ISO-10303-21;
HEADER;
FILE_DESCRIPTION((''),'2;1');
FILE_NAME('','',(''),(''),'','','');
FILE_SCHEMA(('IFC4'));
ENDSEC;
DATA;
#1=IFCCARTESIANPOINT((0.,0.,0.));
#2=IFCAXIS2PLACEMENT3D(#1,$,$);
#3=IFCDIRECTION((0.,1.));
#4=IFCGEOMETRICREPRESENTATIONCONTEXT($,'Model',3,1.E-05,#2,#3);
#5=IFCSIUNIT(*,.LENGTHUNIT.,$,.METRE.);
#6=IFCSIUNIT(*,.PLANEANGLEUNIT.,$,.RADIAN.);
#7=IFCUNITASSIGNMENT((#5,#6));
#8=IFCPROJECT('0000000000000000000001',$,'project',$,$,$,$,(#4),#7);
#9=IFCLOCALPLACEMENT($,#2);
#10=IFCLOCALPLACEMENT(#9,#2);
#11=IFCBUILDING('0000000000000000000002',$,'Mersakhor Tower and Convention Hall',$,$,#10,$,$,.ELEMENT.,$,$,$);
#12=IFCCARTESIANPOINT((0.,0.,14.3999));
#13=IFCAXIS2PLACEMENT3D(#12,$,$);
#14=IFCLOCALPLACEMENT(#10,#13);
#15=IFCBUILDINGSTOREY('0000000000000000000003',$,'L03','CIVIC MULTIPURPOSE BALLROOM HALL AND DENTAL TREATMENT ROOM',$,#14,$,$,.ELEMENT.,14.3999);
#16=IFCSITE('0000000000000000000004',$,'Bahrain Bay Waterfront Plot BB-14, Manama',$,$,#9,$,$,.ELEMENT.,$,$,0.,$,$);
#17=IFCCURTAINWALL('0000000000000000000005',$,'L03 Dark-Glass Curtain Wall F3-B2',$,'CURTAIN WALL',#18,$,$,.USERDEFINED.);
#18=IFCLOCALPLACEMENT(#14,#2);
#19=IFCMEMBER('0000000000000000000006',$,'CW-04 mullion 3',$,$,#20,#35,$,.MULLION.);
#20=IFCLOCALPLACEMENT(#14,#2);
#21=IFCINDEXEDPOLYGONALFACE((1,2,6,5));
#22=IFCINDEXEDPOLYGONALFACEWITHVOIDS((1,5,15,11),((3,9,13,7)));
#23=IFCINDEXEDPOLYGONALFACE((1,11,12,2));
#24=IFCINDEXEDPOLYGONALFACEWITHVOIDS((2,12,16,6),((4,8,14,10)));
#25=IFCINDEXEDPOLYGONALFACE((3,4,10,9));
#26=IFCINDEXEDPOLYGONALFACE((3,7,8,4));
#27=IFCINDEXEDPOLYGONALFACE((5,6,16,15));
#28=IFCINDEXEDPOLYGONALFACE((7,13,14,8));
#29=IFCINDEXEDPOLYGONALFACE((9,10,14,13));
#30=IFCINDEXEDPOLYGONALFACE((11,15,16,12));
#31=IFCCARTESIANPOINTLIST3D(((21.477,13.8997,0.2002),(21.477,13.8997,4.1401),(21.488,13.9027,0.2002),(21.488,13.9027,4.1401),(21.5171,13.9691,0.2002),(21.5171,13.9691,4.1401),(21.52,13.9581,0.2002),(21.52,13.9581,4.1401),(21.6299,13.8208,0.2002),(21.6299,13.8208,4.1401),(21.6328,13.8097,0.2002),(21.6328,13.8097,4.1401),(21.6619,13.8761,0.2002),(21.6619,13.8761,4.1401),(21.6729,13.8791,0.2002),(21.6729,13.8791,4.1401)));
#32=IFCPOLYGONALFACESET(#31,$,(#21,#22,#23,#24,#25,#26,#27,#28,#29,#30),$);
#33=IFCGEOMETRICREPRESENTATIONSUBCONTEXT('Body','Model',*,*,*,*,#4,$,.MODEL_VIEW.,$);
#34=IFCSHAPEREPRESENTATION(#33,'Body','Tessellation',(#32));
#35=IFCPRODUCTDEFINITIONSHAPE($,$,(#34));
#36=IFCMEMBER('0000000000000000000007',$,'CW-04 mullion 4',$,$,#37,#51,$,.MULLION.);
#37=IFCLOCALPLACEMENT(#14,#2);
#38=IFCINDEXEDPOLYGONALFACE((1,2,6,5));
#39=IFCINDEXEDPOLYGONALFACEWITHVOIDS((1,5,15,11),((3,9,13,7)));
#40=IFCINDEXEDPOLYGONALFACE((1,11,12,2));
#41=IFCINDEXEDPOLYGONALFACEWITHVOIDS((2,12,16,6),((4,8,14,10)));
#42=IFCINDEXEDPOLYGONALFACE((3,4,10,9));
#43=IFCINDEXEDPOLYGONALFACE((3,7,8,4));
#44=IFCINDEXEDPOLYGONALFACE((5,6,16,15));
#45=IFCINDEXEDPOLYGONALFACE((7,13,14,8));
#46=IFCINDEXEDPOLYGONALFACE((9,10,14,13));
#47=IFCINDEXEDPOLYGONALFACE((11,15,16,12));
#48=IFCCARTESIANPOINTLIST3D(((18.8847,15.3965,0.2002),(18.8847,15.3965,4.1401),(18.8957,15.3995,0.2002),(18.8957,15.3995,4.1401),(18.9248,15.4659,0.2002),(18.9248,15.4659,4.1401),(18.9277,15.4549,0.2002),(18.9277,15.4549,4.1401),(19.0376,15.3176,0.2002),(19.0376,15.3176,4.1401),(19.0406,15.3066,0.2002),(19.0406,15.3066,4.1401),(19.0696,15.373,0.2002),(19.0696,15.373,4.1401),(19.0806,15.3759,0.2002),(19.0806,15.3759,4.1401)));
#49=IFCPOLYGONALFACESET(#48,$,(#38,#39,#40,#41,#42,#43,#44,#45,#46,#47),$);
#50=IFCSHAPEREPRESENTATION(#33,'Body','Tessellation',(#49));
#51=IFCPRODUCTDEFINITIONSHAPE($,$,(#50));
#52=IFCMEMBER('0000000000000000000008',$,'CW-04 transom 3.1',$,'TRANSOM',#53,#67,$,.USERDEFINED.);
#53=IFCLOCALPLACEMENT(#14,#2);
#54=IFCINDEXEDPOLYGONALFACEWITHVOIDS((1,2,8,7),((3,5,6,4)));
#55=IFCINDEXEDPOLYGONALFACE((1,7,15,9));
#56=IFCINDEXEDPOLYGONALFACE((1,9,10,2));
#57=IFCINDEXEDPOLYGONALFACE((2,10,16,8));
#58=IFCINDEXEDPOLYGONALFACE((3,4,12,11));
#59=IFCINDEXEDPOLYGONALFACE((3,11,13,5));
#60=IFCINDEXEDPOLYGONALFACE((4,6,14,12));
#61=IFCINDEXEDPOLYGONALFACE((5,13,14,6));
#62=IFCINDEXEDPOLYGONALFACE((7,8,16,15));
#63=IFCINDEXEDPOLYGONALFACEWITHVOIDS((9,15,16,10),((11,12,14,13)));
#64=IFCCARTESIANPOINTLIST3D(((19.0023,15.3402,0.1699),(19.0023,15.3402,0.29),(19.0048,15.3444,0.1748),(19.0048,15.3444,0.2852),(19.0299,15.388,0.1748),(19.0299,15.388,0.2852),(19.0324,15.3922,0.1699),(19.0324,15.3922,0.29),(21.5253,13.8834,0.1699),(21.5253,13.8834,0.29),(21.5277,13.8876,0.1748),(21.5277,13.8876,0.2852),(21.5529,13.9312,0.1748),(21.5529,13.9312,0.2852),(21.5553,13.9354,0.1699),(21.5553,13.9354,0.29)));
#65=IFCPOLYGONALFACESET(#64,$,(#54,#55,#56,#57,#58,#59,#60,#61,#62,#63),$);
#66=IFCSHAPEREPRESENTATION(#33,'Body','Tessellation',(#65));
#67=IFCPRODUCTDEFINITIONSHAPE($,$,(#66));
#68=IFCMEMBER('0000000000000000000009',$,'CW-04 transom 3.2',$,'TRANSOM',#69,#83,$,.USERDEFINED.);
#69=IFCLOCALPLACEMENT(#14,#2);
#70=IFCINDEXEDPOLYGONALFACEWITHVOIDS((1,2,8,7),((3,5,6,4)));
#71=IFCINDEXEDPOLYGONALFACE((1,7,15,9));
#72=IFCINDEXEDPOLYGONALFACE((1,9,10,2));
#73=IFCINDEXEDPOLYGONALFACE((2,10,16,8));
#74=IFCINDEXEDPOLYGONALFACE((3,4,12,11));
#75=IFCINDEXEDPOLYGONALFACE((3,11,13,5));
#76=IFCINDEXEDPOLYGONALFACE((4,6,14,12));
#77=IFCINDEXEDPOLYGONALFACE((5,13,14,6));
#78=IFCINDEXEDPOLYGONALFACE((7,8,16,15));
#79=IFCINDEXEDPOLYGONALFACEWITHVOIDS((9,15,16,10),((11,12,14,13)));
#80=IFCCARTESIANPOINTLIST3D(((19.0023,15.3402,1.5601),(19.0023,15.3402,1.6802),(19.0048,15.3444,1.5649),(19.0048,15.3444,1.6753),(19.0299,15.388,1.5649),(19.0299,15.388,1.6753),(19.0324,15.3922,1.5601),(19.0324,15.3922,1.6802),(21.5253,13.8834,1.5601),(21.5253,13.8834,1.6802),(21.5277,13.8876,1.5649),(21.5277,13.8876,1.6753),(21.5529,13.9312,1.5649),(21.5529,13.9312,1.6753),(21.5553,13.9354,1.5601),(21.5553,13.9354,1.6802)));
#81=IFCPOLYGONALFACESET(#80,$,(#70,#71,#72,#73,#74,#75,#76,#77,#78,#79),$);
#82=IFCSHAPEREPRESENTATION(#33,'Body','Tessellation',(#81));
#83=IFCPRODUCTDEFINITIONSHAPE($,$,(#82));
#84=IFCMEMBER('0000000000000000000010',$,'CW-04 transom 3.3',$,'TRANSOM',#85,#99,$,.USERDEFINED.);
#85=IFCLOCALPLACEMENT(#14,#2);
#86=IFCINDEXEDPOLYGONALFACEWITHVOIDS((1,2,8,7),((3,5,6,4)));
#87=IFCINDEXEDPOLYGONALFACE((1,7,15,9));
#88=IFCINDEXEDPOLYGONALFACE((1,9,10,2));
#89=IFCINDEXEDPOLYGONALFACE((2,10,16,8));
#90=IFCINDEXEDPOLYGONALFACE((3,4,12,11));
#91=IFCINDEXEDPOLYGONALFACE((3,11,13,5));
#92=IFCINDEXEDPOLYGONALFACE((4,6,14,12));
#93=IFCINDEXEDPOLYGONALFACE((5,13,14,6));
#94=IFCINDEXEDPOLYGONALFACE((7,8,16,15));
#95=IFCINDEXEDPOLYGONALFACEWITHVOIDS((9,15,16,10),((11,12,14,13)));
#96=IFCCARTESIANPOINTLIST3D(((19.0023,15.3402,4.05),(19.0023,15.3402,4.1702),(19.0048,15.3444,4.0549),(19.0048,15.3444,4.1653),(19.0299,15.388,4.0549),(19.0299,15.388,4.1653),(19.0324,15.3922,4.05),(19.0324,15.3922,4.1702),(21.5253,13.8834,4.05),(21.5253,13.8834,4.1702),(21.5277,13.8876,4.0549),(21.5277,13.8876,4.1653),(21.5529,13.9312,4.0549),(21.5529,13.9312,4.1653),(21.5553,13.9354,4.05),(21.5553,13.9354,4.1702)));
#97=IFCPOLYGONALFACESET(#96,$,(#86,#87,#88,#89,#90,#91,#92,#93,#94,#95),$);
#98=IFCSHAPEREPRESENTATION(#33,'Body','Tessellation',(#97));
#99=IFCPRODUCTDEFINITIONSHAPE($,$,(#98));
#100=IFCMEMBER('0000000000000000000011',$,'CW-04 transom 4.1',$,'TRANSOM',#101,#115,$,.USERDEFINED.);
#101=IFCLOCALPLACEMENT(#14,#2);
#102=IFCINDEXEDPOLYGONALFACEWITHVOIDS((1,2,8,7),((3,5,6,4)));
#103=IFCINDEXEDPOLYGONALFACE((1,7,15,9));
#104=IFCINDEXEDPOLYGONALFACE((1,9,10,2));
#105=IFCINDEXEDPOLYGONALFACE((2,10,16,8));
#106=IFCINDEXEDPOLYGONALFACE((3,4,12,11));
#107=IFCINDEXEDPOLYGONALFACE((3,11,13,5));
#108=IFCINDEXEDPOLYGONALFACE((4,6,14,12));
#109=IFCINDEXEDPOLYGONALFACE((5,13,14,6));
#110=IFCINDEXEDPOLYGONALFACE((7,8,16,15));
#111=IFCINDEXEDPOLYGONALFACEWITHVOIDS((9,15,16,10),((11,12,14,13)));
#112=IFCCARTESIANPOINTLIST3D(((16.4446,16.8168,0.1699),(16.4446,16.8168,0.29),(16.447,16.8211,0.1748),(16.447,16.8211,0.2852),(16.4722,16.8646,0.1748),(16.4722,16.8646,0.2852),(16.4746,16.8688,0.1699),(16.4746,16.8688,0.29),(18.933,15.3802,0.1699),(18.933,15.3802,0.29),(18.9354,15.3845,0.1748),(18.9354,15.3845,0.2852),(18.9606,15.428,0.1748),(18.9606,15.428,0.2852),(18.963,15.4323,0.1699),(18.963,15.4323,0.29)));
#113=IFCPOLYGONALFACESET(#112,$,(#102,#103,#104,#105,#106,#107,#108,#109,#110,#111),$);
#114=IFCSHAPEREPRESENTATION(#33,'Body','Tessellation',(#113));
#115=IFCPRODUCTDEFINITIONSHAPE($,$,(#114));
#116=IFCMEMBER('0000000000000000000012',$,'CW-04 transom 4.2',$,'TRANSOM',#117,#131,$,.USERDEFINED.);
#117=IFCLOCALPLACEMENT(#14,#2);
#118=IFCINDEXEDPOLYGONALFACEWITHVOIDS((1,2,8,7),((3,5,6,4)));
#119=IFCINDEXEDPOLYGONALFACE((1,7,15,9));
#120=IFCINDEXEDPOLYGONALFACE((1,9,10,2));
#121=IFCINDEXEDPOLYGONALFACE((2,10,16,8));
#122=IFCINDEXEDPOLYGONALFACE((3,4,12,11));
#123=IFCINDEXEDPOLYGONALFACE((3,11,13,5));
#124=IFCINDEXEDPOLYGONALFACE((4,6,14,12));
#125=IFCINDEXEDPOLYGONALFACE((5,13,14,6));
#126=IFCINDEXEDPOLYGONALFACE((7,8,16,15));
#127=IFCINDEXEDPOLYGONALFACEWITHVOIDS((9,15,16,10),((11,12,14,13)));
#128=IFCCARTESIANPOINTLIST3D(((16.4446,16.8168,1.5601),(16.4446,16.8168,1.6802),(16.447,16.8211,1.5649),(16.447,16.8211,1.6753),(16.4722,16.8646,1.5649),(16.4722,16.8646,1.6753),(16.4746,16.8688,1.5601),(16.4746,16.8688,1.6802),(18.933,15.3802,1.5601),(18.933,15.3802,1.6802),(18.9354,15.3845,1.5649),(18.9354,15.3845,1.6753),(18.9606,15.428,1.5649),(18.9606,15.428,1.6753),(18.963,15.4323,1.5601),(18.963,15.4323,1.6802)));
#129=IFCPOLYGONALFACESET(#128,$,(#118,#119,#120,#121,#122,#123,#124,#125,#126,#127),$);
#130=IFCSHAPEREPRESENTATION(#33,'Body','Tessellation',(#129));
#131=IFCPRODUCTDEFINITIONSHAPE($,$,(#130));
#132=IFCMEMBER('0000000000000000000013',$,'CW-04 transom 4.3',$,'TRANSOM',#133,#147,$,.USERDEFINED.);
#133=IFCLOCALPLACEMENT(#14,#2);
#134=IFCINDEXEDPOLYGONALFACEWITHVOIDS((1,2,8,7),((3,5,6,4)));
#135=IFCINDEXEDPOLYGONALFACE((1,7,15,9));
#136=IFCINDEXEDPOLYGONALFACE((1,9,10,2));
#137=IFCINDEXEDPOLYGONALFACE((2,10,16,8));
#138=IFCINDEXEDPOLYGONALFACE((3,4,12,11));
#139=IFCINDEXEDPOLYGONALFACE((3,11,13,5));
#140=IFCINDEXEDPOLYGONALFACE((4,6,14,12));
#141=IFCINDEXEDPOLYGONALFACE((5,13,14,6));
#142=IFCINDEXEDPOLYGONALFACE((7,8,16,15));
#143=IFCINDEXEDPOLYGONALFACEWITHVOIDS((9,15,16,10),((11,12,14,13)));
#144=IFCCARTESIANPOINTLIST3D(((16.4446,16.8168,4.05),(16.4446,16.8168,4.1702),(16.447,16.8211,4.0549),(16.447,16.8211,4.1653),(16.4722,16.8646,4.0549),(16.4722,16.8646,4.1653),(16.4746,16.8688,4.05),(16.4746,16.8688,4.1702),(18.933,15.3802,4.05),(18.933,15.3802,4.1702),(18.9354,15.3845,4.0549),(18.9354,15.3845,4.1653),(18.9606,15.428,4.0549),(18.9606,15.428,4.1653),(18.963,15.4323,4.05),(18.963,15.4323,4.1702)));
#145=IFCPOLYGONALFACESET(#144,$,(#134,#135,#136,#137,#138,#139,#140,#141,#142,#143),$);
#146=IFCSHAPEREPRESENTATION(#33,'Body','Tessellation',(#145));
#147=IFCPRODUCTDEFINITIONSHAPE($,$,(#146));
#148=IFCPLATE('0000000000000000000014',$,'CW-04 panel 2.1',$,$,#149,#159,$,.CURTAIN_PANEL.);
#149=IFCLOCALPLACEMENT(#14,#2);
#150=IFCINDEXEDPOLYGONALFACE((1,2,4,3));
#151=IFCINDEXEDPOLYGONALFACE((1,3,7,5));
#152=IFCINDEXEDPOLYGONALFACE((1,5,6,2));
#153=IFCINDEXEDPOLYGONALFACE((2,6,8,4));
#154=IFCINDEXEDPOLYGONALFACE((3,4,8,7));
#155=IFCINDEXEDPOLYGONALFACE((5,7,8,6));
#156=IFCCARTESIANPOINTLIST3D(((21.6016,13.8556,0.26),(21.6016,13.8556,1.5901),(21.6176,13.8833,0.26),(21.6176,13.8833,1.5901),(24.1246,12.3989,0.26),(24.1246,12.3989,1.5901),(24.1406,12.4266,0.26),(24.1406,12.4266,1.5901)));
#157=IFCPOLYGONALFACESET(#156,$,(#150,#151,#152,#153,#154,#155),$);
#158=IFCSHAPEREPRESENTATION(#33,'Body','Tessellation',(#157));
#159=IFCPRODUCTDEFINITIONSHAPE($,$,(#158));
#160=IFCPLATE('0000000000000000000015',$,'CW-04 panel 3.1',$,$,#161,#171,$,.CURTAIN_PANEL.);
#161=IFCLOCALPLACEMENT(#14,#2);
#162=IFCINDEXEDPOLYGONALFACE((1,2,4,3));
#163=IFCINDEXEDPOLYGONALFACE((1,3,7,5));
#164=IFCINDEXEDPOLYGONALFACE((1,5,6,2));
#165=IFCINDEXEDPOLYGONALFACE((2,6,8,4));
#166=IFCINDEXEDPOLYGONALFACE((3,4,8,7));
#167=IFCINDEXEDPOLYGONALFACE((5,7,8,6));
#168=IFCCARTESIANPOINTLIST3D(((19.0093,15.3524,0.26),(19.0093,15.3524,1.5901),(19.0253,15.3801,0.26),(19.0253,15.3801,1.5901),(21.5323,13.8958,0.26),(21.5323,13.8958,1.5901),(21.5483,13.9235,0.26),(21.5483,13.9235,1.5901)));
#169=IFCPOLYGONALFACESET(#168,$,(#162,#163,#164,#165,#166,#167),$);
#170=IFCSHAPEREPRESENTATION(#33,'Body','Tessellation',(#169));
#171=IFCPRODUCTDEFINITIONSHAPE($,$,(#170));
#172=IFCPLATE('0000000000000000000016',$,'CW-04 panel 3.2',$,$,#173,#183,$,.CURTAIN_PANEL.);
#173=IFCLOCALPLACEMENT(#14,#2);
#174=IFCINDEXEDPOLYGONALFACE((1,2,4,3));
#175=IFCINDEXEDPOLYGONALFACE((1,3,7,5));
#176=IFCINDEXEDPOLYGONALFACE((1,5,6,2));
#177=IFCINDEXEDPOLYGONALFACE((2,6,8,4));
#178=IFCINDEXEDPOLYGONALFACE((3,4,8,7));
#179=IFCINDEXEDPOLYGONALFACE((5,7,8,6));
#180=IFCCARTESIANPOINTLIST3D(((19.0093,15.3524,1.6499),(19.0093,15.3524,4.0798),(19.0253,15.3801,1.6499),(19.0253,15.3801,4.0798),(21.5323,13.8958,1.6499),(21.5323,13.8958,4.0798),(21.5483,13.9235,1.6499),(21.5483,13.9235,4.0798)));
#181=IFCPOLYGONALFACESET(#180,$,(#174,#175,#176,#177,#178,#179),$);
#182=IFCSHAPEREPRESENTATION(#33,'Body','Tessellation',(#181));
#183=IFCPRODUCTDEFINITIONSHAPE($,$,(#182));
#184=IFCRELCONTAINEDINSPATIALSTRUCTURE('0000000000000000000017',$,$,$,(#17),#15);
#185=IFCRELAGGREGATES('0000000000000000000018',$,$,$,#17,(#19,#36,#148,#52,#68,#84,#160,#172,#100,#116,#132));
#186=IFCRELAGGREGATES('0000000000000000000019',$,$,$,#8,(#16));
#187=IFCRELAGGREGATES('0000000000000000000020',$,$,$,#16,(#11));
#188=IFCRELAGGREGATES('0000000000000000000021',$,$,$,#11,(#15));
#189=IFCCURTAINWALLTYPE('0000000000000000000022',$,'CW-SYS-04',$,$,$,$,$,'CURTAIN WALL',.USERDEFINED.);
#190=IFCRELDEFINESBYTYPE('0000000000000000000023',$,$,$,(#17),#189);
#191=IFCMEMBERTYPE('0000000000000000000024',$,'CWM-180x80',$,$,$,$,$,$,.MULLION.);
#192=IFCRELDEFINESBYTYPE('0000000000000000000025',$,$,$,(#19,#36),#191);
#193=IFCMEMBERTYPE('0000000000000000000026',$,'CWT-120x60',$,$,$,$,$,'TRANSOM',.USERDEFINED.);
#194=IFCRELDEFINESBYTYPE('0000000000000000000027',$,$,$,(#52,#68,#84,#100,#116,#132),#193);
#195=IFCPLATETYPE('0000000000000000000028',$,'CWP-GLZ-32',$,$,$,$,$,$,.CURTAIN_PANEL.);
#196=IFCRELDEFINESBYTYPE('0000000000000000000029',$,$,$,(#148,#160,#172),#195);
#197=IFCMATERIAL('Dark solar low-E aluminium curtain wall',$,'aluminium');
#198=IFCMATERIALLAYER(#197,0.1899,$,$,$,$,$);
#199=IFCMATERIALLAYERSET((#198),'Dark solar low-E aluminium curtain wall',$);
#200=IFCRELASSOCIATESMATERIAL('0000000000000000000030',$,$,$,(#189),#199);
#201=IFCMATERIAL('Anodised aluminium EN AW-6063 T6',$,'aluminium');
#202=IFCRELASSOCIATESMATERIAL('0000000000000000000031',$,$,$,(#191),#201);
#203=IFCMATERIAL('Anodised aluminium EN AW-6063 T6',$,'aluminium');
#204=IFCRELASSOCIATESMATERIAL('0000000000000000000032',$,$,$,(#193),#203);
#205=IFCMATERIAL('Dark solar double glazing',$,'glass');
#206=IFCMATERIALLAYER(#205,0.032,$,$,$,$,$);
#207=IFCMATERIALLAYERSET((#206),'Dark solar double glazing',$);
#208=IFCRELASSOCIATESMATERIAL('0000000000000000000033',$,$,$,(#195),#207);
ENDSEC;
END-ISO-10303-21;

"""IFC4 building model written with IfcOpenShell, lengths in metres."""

from ifc_helpers import new_model, si_unit, direction, frame, origin, origin_2d, place, context, subcontext, project, spatial, rectangle, hollow_rectangle, extrude, material, layer, layer_set, material_profile, profile_set, type_object, element, aggregate, save


model = new_model("IFC4")

# Units and contexts
model_context = context("Model", 3, precision=1e-05, world=origin(), true_north=direction((0.0, 1.0)))
body_context = subcontext(model_context, "Body", "Model", "MODEL_VIEW")
ifc_project = project(units=[si_unit("LENGTHUNIT", "METRE"), si_unit("PLANEANGLEUNIT", "RADIAN")], contexts=[model_context])

# Site, building, storey
site_placement = place(None, origin())
site = spatial("IfcSite", under=ifc_project, at=site_placement, Name="Bahrain Bay Waterfront Plot BB-14, Manama", CompositionType="ELEMENT", RefElevation=0.0)
building_placement = place(site_placement, origin())
building = spatial("IfcBuilding", under=site, at=building_placement, Name="Mersakhor Tower and Convention Hall", CompositionType="ELEMENT")
storey_placement = place(building_placement, frame((0.0, 0.0, 14.3999)))
storey = spatial("IfcBuildingStorey", under=building, at=storey_placement, Name="L03", Description="CIVIC MULTIPURPOSE BALLROOM HALL AND DENTAL TREATMENT ROOM", CompositionType="ELEMENT", Elevation=14.3999)

# Curtain wall, members, plates
ifc_material_1 = material(Name="Dark solar low-E aluminium curtain wall", Category="aluminium")
ifc_layer_1 = layer(ifc_material_1, 0.1899)
ifc_layer_set_1 = layer_set([ifc_layer_1], Name="Dark solar low-E aluminium curtain wall")
curtain_wall_type = type_object("IfcCurtainWallType", Name="CW-SYS-04", ElementType="CURTAIN WALL", PredefinedType="USERDEFINED", material=ifc_layer_set_1)
curtain_wall_placement = place(storey_placement, origin())
curtain_wall = element("IfcCurtainWall", 1, at=curtain_wall_placement, inside=storey, type_object=curtain_wall_type, Name="L03 Dark-Glass Curtain Wall F3-B2", ObjectType="CURTAIN WALL", PredefinedType="USERDEFINED")
ifc_material_2 = material(Name="Anodised aluminium EN AW-6063 T6", Category="aluminium")
ifc_material_profile_1 = material_profile(ifc_material_2, hollow_rectangle(XDim=0.0801, YDim=0.1799, WallThickness=0.0081, at=origin_2d()), Name="RHS 180x80x8")
ifc_profile_set_1 = profile_set([ifc_material_profile_1], Name="Anodised aluminium EN AW-6063 T6")
member_type_1 = type_object("IfcMemberType", Name="CWM-180x80", PredefinedType="MULLION", material=ifc_profile_set_1)
member_1_placement = place(storey_placement, frame((21.575, 13.8894, 0.2002), z_axis=(0.0, 0.0, 1.0), x_axis=(-0.500003, -0.866023, 0.0)))
member_1 = element("IfcMember", 2, at=member_1_placement, type_object=member_type_1, Name="CW-04 mullion 3", PredefinedType="MULLION", context=body_context, shape_type="SweptSolid", body=[
    extrude(hollow_rectangle(XDim=0.0801, YDim=0.1799, WallThickness=0.0081, at=origin_2d()), origin(), (0.0, 0.0, 1.0), 3.9399),
])
member_2_placement = place(storey_placement, frame((18.9827, 15.3862, 0.2002), z_axis=(0.0, 0.0, 1.0), x_axis=(-0.500003, -0.866023, 0.0)))
member_2 = element("IfcMember", 3, at=member_2_placement, type_object=member_type_1, Name="CW-04 mullion 4", PredefinedType="MULLION", context=body_context, shape_type="SweptSolid", body=[
    extrude(hollow_rectangle(XDim=0.0801, YDim=0.1799, WallThickness=0.0081, at=origin_2d()), origin(), (0.0, 0.0, 1.0), 3.9399),
])
ifc_material_3 = material(Name="Anodised aluminium EN AW-6063 T6", Category="aluminium")
ifc_material_profile_2 = material_profile(ifc_material_3, hollow_rectangle(XDim=0.0601, YDim=0.1201, WallThickness=0.0049, at=origin_2d()), Name="RHS 120x60x5")
ifc_profile_set_2 = profile_set([ifc_material_profile_2], Name="Anodised aluminium EN AW-6063 T6")
member_type_2 = type_object("IfcMemberType", Name="CWT-120x60", ElementType="TRANSOM", PredefinedType="USERDEFINED", material=ifc_profile_set_2)
member_3_placement = place(storey_placement, frame((21.5403, 13.9094, 0.23), z_axis=(-0.866001, 0.500042, 0.0), x_axis=(-0.500042, -0.866001, 0.0)))
member_3 = element("IfcMember", 4, at=member_3_placement, type_object=member_type_2, Name="CW-04 transom 3.1", ObjectType="TRANSOM", PredefinedType="USERDEFINED", context=body_context, shape_type="SweptSolid", body=[
    extrude(hollow_rectangle(XDim=0.0601, YDim=0.1201, WallThickness=0.0049, at=origin_2d()), origin(), (0.0, 0.0, 1.0), 2.9133),
])
member_4_placement = place(storey_placement, frame((21.5403, 13.9094, 1.6201), z_axis=(-0.866001, 0.500042, 0.0), x_axis=(-0.500042, -0.866001, 0.0)))
member_4 = element("IfcMember", 5, at=member_4_placement, type_object=member_type_2, Name="CW-04 transom 3.2", ObjectType="TRANSOM", PredefinedType="USERDEFINED", context=body_context, shape_type="SweptSolid", body=[
    extrude(hollow_rectangle(XDim=0.0601, YDim=0.1201, WallThickness=0.0049, at=origin_2d()), origin(), (0.0, 0.0, 1.0), 2.9133),
])
member_5_placement = place(storey_placement, frame((21.5403, 13.9094, 4.1101), z_axis=(-0.866001, 0.500042, 0.0), x_axis=(-0.500042, -0.866001, 0.0)))
member_5 = element("IfcMember", 6, at=member_5_placement, type_object=member_type_2, Name="CW-04 transom 3.3", ObjectType="TRANSOM", PredefinedType="USERDEFINED", context=body_context, shape_type="SweptSolid", body=[
    extrude(hollow_rectangle(XDim=0.0601, YDim=0.1201, WallThickness=0.0049, at=origin_2d()), origin(), (0.0, 0.0, 1.0), 2.9133),
])
member_6_placement = place(storey_placement, frame((18.948, 15.4062, 0.23), z_axis=(-0.866038, 0.499977, 0.0), x_axis=(-0.499977, -0.866038, 0.0)))
member_6 = element("IfcMember", 7, at=member_6_placement, type_object=member_type_2, Name="CW-04 transom 4.1", ObjectType="TRANSOM", PredefinedType="USERDEFINED", context=body_context, shape_type="SweptSolid", body=[
    extrude(hollow_rectangle(XDim=0.0601, YDim=0.1201, WallThickness=0.0049, at=origin_2d()), origin(), (0.0, 0.0, 1.0), 2.8733),
])
member_7_placement = place(storey_placement, frame((18.948, 15.4062, 1.6201), z_axis=(-0.866038, 0.499977, 0.0), x_axis=(-0.499977, -0.866038, 0.0)))
member_7 = element("IfcMember", 8, at=member_7_placement, type_object=member_type_2, Name="CW-04 transom 4.2", ObjectType="TRANSOM", PredefinedType="USERDEFINED", context=body_context, shape_type="SweptSolid", body=[
    extrude(hollow_rectangle(XDim=0.0601, YDim=0.1201, WallThickness=0.0049, at=origin_2d()), origin(), (0.0, 0.0, 1.0), 2.8733),
])
member_8_placement = place(storey_placement, frame((18.948, 15.4062, 4.1101), z_axis=(-0.866038, 0.499977, 0.0), x_axis=(-0.499977, -0.866038, 0.0)))
member_8 = element("IfcMember", 9, at=member_8_placement, type_object=member_type_2, Name="CW-04 transom 4.3", ObjectType="TRANSOM", PredefinedType="USERDEFINED", context=body_context, shape_type="SweptSolid", body=[
    extrude(hollow_rectangle(XDim=0.0601, YDim=0.1201, WallThickness=0.0049, at=origin_2d()), origin(), (0.0, 0.0, 1.0), 2.8733),
])
ifc_material_4 = material(Name="Dark solar double glazing", Category="glass")
ifc_layer_2 = layer(ifc_material_4, 0.032)
ifc_layer_set_2 = layer_set([ifc_layer_2], Name="Dark solar double glazing")
plate_type_1 = type_object("IfcPlateType", Name="CWP-GLZ-32", PredefinedType="CURTAIN_PANEL", material=ifc_layer_set_2)
plate_1_placement = place(storey_placement, frame((22.8711, 13.1411, 0.26), z_axis=(0.0, 0.0, 1.0), x_axis=(-0.866023, 0.500003, 0.0)))
plate_1 = element("IfcPlate", 10, at=plate_1_placement, type_object=plate_type_1, Name="CW-04 panel 2.1", PredefinedType="CURTAIN_PANEL", context=body_context, shape_type="SweptSolid", body=[
    extrude(rectangle(XDim=2.9133, YDim=0.032, at=origin_2d()), origin(), (0.0, 0.0, 1.0), 1.3301),
])
plate_2_placement = place(storey_placement, frame((20.2788, 14.6379, 0.26), z_axis=(0.0, 0.0, 1.0), x_axis=(-0.866023, 0.500003, 0.0)))
plate_2 = element("IfcPlate", 11, at=plate_2_placement, type_object=plate_type_1, Name="CW-04 panel 3.1", PredefinedType="CURTAIN_PANEL", context=body_context, shape_type="SweptSolid", body=[
    extrude(rectangle(XDim=2.9133, YDim=0.032, at=origin_2d()), origin(), (0.0, 0.0, 1.0), 1.3301),
])
plate_3_placement = place(storey_placement, frame((20.2788, 14.6379, 1.6499), z_axis=(0.0, 0.0, 1.0), x_axis=(-0.866023, 0.500003, 0.0)))
plate_3 = element("IfcPlate", 12, at=plate_3_placement, type_object=plate_type_1, Name="CW-04 panel 3.2", PredefinedType="CURTAIN_PANEL", context=body_context, shape_type="SweptSolid", body=[
    extrude(rectangle(XDim=2.9133, YDim=0.032, at=origin_2d()), origin(), (0.0, 0.0, 1.0), 2.4299),
])
aggregate(curtain_wall, [member_1, member_2, plate_1, member_3, member_4, member_5, plate_2, plate_3, member_6, member_7, member_8])

save(model, "model.ifc")
